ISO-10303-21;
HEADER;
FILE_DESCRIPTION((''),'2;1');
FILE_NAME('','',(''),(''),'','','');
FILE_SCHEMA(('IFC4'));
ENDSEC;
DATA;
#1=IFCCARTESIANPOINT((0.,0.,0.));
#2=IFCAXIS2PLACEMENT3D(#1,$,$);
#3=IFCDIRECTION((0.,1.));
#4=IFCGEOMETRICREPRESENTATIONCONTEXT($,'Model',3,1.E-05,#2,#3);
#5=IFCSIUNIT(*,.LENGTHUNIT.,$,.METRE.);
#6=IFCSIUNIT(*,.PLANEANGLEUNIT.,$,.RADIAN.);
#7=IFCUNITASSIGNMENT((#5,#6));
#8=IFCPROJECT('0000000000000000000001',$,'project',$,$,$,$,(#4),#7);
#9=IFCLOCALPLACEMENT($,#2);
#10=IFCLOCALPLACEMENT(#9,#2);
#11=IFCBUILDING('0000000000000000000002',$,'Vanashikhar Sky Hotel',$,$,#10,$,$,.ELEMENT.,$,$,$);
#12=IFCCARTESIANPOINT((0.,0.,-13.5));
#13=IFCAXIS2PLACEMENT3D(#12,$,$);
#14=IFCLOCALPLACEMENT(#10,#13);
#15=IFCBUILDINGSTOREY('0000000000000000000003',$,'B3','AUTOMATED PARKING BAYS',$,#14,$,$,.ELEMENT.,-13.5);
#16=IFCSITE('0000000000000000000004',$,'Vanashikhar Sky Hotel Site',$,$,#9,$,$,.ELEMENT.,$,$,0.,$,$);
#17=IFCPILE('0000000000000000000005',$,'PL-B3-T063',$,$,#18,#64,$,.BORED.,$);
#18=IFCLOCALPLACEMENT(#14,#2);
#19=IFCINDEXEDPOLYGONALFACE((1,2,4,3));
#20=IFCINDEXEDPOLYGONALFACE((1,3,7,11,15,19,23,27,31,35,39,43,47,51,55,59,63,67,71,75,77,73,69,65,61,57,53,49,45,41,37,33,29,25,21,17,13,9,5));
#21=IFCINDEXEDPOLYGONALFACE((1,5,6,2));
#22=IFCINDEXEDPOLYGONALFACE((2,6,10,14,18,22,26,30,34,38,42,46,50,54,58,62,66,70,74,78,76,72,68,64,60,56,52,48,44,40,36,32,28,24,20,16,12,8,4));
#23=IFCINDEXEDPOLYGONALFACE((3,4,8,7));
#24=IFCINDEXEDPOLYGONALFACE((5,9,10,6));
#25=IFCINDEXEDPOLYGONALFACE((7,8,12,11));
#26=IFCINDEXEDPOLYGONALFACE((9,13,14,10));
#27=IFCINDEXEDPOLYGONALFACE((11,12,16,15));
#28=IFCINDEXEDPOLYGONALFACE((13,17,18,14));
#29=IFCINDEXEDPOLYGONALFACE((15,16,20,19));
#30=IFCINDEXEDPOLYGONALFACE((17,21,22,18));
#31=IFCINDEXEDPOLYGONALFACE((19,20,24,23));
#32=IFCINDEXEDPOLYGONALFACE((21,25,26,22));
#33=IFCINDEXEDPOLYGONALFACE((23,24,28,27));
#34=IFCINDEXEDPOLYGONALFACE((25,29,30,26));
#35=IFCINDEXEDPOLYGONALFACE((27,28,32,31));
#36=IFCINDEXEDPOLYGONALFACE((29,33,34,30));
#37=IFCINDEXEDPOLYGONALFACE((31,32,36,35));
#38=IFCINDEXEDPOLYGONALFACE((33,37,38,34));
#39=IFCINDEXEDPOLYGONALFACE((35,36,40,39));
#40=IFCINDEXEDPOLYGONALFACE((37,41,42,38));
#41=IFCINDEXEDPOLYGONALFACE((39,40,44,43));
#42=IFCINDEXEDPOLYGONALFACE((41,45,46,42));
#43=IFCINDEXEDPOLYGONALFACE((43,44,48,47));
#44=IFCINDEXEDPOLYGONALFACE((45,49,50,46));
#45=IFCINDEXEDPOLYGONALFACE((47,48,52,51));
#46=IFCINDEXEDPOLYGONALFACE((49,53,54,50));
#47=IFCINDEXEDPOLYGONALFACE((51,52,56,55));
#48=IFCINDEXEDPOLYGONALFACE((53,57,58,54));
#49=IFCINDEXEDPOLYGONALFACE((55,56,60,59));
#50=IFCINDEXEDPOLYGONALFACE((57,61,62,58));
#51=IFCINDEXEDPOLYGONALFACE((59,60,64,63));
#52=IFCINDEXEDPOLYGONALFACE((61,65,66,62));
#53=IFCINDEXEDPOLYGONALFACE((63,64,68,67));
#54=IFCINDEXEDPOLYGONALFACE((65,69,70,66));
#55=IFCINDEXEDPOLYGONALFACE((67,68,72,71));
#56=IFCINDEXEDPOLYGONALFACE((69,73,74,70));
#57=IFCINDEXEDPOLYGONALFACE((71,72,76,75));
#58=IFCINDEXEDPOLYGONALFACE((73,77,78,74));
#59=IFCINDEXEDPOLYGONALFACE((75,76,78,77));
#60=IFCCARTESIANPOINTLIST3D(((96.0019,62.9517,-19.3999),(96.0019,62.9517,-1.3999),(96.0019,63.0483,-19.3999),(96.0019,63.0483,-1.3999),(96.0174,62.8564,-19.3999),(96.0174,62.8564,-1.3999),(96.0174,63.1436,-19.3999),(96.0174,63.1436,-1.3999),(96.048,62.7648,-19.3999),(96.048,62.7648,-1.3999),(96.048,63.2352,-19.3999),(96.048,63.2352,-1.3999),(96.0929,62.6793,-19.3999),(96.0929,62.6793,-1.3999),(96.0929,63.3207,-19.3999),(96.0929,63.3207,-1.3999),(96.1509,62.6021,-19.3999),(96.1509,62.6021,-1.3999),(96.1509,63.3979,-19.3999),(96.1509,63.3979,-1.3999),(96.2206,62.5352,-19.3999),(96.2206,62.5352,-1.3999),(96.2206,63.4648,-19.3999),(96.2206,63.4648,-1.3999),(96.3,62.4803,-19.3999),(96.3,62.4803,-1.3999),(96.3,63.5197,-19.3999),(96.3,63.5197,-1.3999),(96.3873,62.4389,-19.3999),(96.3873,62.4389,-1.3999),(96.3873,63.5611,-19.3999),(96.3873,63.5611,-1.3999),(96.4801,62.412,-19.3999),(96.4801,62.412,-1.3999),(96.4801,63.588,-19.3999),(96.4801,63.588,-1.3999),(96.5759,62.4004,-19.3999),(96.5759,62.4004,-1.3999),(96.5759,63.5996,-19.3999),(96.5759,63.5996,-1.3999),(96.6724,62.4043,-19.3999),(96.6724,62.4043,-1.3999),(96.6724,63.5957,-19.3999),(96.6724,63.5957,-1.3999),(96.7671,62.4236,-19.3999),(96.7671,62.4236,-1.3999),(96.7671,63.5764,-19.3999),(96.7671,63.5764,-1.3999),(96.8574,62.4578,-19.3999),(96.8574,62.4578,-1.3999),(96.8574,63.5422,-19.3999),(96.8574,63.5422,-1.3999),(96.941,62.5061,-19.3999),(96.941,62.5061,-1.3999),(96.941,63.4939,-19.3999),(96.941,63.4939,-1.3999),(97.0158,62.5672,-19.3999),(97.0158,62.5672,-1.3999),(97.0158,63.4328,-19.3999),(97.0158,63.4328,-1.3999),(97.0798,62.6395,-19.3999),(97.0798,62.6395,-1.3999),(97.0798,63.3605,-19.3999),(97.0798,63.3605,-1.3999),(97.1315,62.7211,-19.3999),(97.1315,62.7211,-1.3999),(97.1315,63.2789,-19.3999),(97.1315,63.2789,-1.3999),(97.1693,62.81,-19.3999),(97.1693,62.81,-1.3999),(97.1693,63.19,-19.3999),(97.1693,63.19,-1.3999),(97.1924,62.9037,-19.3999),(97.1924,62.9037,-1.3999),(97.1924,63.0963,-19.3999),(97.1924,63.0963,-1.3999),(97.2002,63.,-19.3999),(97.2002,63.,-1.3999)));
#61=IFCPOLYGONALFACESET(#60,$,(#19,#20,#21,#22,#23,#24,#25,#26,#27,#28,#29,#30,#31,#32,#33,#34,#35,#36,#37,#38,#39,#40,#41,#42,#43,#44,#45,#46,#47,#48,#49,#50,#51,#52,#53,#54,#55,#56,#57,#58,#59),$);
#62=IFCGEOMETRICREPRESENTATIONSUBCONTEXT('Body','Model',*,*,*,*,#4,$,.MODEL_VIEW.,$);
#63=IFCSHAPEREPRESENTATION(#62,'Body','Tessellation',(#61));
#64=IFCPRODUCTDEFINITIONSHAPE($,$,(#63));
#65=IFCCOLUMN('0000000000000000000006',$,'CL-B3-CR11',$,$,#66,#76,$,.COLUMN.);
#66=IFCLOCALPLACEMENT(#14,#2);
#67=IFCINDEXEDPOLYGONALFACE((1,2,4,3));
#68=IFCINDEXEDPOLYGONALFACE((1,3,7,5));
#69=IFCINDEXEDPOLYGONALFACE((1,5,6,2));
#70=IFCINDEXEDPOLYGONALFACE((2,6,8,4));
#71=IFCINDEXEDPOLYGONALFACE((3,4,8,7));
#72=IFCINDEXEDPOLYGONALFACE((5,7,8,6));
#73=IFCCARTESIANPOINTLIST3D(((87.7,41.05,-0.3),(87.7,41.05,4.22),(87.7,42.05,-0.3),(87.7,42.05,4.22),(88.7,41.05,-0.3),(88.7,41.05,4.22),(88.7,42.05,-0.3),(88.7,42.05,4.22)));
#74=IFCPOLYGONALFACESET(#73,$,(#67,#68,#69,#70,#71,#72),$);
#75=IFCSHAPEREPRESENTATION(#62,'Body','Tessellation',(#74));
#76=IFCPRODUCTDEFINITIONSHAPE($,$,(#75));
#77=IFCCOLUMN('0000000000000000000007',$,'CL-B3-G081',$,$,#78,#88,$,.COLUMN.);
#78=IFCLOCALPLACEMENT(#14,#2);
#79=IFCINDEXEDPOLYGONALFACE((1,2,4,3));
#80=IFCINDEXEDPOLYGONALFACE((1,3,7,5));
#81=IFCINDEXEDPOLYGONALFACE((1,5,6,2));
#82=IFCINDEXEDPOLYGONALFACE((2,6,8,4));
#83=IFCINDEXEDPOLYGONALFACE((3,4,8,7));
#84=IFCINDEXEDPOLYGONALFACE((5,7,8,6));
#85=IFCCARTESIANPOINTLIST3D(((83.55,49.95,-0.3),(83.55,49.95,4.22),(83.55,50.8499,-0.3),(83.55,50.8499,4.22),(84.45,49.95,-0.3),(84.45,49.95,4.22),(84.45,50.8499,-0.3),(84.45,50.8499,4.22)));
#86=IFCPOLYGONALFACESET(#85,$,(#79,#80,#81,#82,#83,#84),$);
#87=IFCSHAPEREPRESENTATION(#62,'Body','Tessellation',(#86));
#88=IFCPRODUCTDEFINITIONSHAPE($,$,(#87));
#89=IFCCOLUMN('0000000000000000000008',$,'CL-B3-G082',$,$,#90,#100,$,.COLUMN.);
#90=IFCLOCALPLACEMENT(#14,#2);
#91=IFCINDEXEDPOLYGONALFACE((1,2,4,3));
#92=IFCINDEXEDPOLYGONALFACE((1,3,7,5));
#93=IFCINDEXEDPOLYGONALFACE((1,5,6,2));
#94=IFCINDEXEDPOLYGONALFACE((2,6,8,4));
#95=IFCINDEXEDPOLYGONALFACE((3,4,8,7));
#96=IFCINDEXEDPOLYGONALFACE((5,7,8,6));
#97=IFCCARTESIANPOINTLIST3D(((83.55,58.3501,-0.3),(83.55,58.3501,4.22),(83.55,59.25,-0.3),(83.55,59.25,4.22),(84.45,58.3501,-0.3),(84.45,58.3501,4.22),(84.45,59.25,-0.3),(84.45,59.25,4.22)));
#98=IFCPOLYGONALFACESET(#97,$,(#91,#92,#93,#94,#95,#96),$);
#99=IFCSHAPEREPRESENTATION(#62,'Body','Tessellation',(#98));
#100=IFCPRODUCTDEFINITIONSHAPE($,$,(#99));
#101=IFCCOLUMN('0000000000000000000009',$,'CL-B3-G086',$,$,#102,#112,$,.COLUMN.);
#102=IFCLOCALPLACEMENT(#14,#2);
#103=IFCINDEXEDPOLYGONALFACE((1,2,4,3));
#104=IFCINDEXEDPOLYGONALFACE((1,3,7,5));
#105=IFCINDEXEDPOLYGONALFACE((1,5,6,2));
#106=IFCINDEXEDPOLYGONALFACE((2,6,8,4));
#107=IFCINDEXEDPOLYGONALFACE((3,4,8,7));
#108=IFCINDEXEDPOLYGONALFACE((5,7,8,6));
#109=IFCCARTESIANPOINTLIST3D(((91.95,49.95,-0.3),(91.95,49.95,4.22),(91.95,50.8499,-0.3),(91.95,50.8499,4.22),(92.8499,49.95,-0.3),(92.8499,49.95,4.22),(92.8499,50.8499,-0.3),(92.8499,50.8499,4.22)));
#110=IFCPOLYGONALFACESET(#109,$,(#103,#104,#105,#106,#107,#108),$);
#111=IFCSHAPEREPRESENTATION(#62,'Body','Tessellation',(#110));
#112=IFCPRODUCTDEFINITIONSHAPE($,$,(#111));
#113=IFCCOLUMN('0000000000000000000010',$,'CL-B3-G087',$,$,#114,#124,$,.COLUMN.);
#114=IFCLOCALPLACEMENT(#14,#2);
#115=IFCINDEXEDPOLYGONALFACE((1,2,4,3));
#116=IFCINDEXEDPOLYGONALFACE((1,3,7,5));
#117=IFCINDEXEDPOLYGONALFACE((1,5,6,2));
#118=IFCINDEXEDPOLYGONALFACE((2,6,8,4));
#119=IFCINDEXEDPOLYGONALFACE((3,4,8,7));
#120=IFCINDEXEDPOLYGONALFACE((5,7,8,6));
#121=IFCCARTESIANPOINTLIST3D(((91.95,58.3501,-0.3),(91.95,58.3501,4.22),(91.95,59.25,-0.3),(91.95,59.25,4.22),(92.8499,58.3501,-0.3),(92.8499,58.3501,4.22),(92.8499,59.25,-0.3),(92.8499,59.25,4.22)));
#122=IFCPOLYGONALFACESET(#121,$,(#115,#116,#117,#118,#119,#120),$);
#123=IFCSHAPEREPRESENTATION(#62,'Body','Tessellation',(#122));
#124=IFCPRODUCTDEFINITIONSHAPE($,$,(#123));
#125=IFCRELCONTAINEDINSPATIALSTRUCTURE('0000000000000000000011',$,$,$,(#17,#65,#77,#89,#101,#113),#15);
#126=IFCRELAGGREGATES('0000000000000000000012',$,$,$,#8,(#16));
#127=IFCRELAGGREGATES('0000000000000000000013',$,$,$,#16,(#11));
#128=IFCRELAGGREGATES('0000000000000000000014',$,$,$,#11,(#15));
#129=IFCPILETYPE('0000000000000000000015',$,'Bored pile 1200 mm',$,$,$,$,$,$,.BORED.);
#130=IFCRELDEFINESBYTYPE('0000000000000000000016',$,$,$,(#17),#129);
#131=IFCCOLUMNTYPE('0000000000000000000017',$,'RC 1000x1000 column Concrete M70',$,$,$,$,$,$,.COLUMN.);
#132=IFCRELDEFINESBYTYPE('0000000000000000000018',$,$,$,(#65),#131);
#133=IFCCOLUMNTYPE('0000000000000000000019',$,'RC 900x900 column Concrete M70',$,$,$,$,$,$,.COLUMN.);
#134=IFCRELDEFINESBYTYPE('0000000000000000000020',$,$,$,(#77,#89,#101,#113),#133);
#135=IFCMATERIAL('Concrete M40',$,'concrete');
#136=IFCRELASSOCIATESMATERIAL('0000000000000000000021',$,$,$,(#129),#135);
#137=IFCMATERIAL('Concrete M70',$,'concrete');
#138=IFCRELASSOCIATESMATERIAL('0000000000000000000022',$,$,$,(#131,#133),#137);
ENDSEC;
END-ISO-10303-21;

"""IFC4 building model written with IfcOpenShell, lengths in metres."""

from ifc_helpers import new_model, si_unit, direction, frame, origin, origin_2d, place, context, subcontext, project, spatial, rectangle, circle, extrude, source, transform, mapped, material, material_profile, profile_set, type_object, element, save


model = new_model("IFC4")

# Units and contexts
model_context = context("Model", 3, precision=1e-05, world=origin(), true_north=direction((0.0, 1.0)))
body_context = subcontext(model_context, "Body", "Model", "MODEL_VIEW")
ifc_project = project(units=[si_unit("LENGTHUNIT", "METRE"), si_unit("PLANEANGLEUNIT", "RADIAN")], contexts=[model_context])

# Site, building, storey
site_placement = place(None, origin())
site = spatial("IfcSite", under=ifc_project, at=site_placement, Name="Vanashikhar Sky Hotel Site", CompositionType="ELEMENT", RefElevation=0.0)
building_placement = place(site_placement, origin())
building = spatial("IfcBuilding", under=site, at=building_placement, Name="Vanashikhar Sky Hotel", CompositionType="ELEMENT")
storey_placement = place(building_placement, frame((0.0, 0.0, -13.5)))
storey = spatial("IfcBuildingStorey", under=building, at=storey_placement, Name="B3", Description="AUTOMATED PARKING BAYS", CompositionType="ELEMENT", Elevation=-13.5)

# Pile
ifc_material_1 = material(Name="Concrete M40", Category="concrete")
pile_type_1 = type_object("IfcPileType", Name="Bored pile 1200 mm", PredefinedType="BORED", material=ifc_material_1)
shared_shape_1 = source(origin(), body_context, "Body", "SweptSolid", [
    extrude(circle(Radius=0.6001, at=origin_2d()), origin(), (0.0, 0.0, 1.0), 18.0),
])
for number, where, z_axis, x_axis, name in (
    (1, (96.6001, 63.0, -1.3999), (0.0, 0.0, -1.0), (1.0, 0.0, 0.0), "PL-B3-T063"),
):
    element("IfcPile", number, at=place(storey_placement, frame(where, z_axis=z_axis, x_axis=x_axis)), inside=storey, type_object=pile_type_1, Name=name, PredefinedType="BORED", context=body_context, shape_type="MappedRepresentation", body=[
        mapped(shared_shape_1, transform((0.0, 0.0, 0.0), scale=1.0)),
    ])

# Columns
ifc_material_2 = material(Name="Concrete M70", Category="concrete")
ifc_material_profile_1 = material_profile(ifc_material_2, rectangle(XDim=1.0, YDim=1.0, at=origin_2d()))
ifc_profile_set_1 = profile_set([ifc_material_profile_1], Name="RC 1000x1000 column Concrete M70")
column_type_1 = type_object("IfcColumnType", Name="RC 1000x1000 column Concrete M70", PredefinedType="COLUMN", material=ifc_profile_set_1)
shared_shape_2 = source(origin(), body_context, "Body", "SweptSolid", [
    extrude(rectangle(XDim=1.0, YDim=1.0, at=origin_2d()), origin(), (0.0, 0.0, 1.0), 4.52),
])
column_placement = place(storey_placement, frame((88.2, 41.55, -0.3), z_axis=(0.0, 0.0, 1.0), x_axis=(1.0, 0.0, 0.0)))
element("IfcColumn", 2, at=column_placement, inside=storey, type_object=column_type_1, Name="CL-B3-CR11", PredefinedType="COLUMN", context=body_context, shape_type="MappedRepresentation", body=[
    mapped(shared_shape_2, transform((0.0, 0.0, 0.0), scale=1.0)),
])
ifc_material_profile_2 = material_profile(ifc_material_2, rectangle(XDim=0.8999, YDim=0.8999, at=origin_2d()))
ifc_profile_set_2 = profile_set([ifc_material_profile_2], Name="RC 900x900 column Concrete M70")
column_type_2 = type_object("IfcColumnType", Name="RC 900x900 column Concrete M70", PredefinedType="COLUMN", material=ifc_profile_set_2)
shared_shape_3 = source(origin(), body_context, "Body", "SweptSolid", [
    extrude(rectangle(XDim=0.8999, YDim=0.8999, at=origin_2d()), origin(), (0.0, 0.0, 1.0), 4.52),
])
for number, where, z_axis, x_axis, name in (
    (3, (84.0, 50.3999, -0.3), (0.0, 0.0, 1.0), (1.0, 0.0, 0.0), "CL-B3-G081"),
    (4, (84.0, 58.8, -0.3), (0.0, 0.0, 1.0), (1.0, 0.0, 0.0), "CL-B3-G082"),
    (5, (92.3999, 50.3999, -0.3), (0.0, 0.0, 1.0), (1.0, 0.0, 0.0), "CL-B3-G086"),
    (6, (92.3999, 58.8, -0.3), (0.0, 0.0, 1.0), (1.0, 0.0, 0.0), "CL-B3-G087"),
):
    element("IfcColumn", number, at=place(storey_placement, frame(where, z_axis=z_axis, x_axis=x_axis)), inside=storey, type_object=column_type_2, Name=name, PredefinedType="COLUMN", context=body_context, shape_type="MappedRepresentation", body=[
        mapped(shared_shape_3, transform((0.0, 0.0, 0.0), scale=1.0)),
    ])

save(model, "model.ifc")
